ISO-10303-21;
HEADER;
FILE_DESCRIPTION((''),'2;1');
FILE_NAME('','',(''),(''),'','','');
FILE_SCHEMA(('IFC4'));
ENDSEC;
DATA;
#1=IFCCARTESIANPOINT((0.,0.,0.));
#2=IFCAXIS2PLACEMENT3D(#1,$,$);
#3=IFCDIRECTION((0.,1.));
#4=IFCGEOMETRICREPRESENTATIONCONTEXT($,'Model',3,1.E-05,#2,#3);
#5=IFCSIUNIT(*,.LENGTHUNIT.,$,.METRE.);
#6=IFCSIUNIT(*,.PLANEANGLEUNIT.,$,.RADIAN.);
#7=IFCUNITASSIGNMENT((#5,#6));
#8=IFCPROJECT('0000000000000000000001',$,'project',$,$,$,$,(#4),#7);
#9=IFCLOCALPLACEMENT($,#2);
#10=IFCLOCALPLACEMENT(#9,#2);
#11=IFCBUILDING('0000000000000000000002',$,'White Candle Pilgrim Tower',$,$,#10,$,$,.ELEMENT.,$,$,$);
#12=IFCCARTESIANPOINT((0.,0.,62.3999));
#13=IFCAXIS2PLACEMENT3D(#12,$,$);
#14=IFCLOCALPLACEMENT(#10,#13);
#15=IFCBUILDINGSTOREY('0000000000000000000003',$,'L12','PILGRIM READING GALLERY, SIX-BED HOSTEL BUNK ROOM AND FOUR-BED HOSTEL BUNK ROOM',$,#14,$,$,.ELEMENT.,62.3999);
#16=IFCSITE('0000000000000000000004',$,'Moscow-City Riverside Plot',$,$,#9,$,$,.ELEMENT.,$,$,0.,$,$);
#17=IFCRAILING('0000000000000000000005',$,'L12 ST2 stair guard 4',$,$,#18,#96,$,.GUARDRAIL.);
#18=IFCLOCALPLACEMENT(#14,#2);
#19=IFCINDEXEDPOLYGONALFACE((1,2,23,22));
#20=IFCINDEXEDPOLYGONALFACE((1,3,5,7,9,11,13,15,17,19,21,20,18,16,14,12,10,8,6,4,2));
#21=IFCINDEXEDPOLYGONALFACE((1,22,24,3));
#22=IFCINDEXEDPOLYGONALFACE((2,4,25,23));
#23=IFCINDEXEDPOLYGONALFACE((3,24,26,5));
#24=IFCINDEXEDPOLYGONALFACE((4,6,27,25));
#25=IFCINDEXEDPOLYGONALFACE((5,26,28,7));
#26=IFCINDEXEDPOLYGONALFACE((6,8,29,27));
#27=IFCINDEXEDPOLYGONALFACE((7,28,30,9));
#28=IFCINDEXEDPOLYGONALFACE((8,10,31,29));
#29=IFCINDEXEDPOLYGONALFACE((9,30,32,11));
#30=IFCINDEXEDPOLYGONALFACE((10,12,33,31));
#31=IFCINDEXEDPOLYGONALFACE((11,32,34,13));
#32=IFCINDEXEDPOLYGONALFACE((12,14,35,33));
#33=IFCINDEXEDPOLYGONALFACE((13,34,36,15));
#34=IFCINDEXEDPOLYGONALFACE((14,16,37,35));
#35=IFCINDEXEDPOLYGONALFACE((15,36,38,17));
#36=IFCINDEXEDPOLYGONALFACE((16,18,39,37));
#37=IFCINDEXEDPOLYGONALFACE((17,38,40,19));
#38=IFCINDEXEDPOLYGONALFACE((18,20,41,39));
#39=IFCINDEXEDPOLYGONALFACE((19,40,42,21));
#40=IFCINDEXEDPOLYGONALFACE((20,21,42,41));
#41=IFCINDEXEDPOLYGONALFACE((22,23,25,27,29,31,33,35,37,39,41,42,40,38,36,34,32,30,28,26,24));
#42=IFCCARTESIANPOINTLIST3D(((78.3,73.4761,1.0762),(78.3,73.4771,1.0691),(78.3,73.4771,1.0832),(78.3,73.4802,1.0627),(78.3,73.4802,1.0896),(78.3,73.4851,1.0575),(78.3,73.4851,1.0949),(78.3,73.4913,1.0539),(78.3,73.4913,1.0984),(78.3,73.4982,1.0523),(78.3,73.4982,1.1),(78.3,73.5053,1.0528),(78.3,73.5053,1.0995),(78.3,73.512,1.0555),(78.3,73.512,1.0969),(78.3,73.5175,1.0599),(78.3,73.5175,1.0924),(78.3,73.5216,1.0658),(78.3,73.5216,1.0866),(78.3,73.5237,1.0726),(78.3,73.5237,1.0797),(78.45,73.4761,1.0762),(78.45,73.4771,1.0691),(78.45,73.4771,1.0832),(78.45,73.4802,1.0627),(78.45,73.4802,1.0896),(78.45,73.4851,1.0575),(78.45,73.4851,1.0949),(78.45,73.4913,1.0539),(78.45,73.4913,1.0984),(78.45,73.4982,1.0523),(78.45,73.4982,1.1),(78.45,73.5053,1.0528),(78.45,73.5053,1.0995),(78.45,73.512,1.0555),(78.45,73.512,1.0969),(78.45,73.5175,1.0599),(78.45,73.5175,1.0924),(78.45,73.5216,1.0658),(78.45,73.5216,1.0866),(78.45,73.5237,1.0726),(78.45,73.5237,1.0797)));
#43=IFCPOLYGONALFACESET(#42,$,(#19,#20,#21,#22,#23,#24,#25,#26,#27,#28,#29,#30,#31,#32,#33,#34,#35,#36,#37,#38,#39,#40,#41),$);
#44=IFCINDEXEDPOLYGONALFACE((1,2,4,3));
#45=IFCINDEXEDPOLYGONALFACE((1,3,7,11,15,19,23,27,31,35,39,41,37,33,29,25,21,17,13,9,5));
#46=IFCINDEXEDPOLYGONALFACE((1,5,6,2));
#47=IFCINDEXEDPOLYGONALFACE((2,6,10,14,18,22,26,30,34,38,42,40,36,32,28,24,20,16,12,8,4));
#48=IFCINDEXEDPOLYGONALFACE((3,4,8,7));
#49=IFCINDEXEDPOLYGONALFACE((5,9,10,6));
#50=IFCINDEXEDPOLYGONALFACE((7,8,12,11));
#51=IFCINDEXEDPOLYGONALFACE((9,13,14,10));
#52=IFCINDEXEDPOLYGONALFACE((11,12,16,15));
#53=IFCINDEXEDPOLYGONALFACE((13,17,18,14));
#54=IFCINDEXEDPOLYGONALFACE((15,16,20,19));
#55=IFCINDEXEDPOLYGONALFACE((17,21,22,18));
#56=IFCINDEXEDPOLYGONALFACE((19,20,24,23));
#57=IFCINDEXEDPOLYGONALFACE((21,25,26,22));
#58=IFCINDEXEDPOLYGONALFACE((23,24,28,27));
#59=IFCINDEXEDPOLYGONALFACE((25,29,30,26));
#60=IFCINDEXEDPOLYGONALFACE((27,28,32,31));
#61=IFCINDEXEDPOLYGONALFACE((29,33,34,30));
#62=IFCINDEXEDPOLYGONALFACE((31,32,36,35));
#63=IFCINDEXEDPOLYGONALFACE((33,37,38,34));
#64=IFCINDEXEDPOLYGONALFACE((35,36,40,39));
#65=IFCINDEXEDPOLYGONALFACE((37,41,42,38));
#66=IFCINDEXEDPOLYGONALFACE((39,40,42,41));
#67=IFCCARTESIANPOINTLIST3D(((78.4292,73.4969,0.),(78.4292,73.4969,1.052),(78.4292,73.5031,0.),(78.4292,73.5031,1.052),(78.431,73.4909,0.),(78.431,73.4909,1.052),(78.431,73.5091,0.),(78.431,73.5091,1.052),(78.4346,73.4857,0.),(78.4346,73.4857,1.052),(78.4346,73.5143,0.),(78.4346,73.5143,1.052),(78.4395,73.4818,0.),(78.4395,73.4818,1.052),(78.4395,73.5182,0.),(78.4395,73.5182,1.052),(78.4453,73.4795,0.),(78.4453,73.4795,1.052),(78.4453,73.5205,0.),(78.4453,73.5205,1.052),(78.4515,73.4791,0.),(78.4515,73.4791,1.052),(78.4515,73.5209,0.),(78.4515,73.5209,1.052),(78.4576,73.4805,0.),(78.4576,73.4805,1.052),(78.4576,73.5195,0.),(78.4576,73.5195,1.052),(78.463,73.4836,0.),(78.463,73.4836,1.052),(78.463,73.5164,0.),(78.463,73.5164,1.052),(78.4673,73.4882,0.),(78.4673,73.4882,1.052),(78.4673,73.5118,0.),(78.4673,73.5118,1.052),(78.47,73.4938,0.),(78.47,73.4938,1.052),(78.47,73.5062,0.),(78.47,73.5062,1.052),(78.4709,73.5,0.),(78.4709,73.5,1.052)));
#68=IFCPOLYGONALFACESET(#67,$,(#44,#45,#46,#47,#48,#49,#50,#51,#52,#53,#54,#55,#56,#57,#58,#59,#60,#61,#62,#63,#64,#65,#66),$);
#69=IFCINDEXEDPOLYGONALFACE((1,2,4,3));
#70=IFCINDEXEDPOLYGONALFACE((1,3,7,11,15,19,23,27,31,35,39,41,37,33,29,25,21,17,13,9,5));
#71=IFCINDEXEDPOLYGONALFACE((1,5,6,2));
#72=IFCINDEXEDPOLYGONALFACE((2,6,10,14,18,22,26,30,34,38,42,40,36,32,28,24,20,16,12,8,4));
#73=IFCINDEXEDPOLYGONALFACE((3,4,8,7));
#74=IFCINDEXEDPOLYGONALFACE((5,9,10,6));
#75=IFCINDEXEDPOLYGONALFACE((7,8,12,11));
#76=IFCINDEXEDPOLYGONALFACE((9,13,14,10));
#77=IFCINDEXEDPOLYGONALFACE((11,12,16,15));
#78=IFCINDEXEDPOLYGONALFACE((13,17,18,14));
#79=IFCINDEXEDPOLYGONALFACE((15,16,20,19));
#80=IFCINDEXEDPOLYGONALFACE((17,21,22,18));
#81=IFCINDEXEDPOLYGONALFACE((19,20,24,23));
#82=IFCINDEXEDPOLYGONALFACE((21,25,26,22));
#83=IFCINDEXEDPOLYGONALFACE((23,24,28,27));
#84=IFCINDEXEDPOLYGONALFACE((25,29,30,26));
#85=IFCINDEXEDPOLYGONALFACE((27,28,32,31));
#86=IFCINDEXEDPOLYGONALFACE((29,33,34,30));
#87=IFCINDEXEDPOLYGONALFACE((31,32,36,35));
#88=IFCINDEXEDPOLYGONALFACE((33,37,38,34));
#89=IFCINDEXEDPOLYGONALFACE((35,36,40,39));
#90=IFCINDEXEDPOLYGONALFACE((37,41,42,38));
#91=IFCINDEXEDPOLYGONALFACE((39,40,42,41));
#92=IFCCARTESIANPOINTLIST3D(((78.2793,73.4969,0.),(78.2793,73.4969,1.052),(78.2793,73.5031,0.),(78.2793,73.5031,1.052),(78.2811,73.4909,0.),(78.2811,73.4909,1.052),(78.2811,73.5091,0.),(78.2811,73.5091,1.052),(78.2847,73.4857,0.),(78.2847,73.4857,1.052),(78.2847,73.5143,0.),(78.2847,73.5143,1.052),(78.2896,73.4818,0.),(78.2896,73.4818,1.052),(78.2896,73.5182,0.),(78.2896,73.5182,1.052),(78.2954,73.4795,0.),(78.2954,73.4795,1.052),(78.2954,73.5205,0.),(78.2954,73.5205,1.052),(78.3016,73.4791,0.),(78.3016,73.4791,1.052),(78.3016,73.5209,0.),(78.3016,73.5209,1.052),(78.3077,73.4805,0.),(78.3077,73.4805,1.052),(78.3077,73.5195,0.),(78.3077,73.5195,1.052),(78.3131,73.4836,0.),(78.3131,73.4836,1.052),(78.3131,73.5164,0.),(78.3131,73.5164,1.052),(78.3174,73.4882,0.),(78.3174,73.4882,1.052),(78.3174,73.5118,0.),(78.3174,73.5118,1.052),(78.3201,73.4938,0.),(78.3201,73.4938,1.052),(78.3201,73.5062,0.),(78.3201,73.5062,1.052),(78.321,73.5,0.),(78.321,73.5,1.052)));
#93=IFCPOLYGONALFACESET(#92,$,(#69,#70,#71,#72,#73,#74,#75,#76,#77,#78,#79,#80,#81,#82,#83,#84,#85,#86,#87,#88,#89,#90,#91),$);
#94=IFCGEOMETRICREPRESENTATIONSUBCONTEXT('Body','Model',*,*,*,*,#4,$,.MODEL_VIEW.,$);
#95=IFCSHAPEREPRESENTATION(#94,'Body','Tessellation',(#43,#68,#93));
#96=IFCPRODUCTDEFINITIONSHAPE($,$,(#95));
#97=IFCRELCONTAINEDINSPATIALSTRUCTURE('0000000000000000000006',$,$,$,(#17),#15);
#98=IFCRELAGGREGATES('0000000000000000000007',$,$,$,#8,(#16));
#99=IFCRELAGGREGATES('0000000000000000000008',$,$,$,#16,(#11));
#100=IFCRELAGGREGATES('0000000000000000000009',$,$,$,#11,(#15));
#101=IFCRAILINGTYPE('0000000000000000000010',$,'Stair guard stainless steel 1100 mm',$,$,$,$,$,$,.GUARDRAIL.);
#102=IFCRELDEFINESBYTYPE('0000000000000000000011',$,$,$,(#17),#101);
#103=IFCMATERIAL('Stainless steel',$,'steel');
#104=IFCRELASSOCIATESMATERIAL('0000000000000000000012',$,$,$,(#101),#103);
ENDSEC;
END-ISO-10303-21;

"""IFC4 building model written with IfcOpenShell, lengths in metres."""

from ifc_helpers import new_model, si_unit, direction, frame, origin, origin_2d, place, context, subcontext, project, spatial, circle, extrude, material, type_object, element, save


model = new_model("IFC4")

# Units and contexts
model_context = context("Model", 3, precision=1e-05, world=origin(), true_north=direction((0.0, 1.0)))
body_context = subcontext(model_context, "Body", "Model", "MODEL_VIEW")
ifc_project = project(units=[si_unit("LENGTHUNIT", "METRE"), si_unit("PLANEANGLEUNIT", "RADIAN")], contexts=[model_context])

# Site, building, storey
site_placement = place(None, origin())
site = spatial("IfcSite", under=ifc_project, at=site_placement, Name="Moscow-City Riverside Plot", CompositionType="ELEMENT", RefElevation=0.0)
building_placement = place(site_placement, origin())
building = spatial("IfcBuilding", under=site, at=building_placement, Name="White Candle Pilgrim Tower", CompositionType="ELEMENT")
storey_placement = place(building_placement, frame((0.0, 0.0, 62.3999)))
storey = spatial("IfcBuildingStorey", under=building, at=storey_placement, Name="L12", Description="PILGRIM READING GALLERY, SIX-BED HOSTEL BUNK ROOM AND FOUR-BED HOSTEL BUNK ROOM", CompositionType="ELEMENT", Elevation=62.3999)

# Railing
ifc_material_1 = material(Name="Stainless steel", Category="steel")
railing_type_1 = type_object("IfcRailingType", Name="Stair guard stainless steel 1100 mm", PredefinedType="GUARDRAIL", material=ifc_material_1)
railing_1_placement = place(storey_placement, frame((78.45, 73.5, 0.0)))
element("IfcRailing", 1, at=railing_1_placement, inside=storey, type_object=railing_type_1, Name="L12 ST2 stair guard 4", PredefinedType="GUARDRAIL", context=body_context, shape_type="SweptSolid", body=[
    extrude(circle(Radius=0.0239, at=origin_2d()), frame((0.0, 0.0, 1.0762), z_axis=(-1.0, 0.0, 0.0), x_axis=(0.0, -1.0, 0.0)), (0.0, 0.0, 1.0), 0.1499),
    extrude(circle(Radius=0.021, at=origin_2d()), origin(), (0.0, 0.0, 1.0), 1.052),
    extrude(circle(Radius=0.021, at=origin_2d()), frame((-0.1499, 0.0, 0.0)), (0.0, 0.0, 1.0), 1.052),
])

save(model, "model.ifc")
